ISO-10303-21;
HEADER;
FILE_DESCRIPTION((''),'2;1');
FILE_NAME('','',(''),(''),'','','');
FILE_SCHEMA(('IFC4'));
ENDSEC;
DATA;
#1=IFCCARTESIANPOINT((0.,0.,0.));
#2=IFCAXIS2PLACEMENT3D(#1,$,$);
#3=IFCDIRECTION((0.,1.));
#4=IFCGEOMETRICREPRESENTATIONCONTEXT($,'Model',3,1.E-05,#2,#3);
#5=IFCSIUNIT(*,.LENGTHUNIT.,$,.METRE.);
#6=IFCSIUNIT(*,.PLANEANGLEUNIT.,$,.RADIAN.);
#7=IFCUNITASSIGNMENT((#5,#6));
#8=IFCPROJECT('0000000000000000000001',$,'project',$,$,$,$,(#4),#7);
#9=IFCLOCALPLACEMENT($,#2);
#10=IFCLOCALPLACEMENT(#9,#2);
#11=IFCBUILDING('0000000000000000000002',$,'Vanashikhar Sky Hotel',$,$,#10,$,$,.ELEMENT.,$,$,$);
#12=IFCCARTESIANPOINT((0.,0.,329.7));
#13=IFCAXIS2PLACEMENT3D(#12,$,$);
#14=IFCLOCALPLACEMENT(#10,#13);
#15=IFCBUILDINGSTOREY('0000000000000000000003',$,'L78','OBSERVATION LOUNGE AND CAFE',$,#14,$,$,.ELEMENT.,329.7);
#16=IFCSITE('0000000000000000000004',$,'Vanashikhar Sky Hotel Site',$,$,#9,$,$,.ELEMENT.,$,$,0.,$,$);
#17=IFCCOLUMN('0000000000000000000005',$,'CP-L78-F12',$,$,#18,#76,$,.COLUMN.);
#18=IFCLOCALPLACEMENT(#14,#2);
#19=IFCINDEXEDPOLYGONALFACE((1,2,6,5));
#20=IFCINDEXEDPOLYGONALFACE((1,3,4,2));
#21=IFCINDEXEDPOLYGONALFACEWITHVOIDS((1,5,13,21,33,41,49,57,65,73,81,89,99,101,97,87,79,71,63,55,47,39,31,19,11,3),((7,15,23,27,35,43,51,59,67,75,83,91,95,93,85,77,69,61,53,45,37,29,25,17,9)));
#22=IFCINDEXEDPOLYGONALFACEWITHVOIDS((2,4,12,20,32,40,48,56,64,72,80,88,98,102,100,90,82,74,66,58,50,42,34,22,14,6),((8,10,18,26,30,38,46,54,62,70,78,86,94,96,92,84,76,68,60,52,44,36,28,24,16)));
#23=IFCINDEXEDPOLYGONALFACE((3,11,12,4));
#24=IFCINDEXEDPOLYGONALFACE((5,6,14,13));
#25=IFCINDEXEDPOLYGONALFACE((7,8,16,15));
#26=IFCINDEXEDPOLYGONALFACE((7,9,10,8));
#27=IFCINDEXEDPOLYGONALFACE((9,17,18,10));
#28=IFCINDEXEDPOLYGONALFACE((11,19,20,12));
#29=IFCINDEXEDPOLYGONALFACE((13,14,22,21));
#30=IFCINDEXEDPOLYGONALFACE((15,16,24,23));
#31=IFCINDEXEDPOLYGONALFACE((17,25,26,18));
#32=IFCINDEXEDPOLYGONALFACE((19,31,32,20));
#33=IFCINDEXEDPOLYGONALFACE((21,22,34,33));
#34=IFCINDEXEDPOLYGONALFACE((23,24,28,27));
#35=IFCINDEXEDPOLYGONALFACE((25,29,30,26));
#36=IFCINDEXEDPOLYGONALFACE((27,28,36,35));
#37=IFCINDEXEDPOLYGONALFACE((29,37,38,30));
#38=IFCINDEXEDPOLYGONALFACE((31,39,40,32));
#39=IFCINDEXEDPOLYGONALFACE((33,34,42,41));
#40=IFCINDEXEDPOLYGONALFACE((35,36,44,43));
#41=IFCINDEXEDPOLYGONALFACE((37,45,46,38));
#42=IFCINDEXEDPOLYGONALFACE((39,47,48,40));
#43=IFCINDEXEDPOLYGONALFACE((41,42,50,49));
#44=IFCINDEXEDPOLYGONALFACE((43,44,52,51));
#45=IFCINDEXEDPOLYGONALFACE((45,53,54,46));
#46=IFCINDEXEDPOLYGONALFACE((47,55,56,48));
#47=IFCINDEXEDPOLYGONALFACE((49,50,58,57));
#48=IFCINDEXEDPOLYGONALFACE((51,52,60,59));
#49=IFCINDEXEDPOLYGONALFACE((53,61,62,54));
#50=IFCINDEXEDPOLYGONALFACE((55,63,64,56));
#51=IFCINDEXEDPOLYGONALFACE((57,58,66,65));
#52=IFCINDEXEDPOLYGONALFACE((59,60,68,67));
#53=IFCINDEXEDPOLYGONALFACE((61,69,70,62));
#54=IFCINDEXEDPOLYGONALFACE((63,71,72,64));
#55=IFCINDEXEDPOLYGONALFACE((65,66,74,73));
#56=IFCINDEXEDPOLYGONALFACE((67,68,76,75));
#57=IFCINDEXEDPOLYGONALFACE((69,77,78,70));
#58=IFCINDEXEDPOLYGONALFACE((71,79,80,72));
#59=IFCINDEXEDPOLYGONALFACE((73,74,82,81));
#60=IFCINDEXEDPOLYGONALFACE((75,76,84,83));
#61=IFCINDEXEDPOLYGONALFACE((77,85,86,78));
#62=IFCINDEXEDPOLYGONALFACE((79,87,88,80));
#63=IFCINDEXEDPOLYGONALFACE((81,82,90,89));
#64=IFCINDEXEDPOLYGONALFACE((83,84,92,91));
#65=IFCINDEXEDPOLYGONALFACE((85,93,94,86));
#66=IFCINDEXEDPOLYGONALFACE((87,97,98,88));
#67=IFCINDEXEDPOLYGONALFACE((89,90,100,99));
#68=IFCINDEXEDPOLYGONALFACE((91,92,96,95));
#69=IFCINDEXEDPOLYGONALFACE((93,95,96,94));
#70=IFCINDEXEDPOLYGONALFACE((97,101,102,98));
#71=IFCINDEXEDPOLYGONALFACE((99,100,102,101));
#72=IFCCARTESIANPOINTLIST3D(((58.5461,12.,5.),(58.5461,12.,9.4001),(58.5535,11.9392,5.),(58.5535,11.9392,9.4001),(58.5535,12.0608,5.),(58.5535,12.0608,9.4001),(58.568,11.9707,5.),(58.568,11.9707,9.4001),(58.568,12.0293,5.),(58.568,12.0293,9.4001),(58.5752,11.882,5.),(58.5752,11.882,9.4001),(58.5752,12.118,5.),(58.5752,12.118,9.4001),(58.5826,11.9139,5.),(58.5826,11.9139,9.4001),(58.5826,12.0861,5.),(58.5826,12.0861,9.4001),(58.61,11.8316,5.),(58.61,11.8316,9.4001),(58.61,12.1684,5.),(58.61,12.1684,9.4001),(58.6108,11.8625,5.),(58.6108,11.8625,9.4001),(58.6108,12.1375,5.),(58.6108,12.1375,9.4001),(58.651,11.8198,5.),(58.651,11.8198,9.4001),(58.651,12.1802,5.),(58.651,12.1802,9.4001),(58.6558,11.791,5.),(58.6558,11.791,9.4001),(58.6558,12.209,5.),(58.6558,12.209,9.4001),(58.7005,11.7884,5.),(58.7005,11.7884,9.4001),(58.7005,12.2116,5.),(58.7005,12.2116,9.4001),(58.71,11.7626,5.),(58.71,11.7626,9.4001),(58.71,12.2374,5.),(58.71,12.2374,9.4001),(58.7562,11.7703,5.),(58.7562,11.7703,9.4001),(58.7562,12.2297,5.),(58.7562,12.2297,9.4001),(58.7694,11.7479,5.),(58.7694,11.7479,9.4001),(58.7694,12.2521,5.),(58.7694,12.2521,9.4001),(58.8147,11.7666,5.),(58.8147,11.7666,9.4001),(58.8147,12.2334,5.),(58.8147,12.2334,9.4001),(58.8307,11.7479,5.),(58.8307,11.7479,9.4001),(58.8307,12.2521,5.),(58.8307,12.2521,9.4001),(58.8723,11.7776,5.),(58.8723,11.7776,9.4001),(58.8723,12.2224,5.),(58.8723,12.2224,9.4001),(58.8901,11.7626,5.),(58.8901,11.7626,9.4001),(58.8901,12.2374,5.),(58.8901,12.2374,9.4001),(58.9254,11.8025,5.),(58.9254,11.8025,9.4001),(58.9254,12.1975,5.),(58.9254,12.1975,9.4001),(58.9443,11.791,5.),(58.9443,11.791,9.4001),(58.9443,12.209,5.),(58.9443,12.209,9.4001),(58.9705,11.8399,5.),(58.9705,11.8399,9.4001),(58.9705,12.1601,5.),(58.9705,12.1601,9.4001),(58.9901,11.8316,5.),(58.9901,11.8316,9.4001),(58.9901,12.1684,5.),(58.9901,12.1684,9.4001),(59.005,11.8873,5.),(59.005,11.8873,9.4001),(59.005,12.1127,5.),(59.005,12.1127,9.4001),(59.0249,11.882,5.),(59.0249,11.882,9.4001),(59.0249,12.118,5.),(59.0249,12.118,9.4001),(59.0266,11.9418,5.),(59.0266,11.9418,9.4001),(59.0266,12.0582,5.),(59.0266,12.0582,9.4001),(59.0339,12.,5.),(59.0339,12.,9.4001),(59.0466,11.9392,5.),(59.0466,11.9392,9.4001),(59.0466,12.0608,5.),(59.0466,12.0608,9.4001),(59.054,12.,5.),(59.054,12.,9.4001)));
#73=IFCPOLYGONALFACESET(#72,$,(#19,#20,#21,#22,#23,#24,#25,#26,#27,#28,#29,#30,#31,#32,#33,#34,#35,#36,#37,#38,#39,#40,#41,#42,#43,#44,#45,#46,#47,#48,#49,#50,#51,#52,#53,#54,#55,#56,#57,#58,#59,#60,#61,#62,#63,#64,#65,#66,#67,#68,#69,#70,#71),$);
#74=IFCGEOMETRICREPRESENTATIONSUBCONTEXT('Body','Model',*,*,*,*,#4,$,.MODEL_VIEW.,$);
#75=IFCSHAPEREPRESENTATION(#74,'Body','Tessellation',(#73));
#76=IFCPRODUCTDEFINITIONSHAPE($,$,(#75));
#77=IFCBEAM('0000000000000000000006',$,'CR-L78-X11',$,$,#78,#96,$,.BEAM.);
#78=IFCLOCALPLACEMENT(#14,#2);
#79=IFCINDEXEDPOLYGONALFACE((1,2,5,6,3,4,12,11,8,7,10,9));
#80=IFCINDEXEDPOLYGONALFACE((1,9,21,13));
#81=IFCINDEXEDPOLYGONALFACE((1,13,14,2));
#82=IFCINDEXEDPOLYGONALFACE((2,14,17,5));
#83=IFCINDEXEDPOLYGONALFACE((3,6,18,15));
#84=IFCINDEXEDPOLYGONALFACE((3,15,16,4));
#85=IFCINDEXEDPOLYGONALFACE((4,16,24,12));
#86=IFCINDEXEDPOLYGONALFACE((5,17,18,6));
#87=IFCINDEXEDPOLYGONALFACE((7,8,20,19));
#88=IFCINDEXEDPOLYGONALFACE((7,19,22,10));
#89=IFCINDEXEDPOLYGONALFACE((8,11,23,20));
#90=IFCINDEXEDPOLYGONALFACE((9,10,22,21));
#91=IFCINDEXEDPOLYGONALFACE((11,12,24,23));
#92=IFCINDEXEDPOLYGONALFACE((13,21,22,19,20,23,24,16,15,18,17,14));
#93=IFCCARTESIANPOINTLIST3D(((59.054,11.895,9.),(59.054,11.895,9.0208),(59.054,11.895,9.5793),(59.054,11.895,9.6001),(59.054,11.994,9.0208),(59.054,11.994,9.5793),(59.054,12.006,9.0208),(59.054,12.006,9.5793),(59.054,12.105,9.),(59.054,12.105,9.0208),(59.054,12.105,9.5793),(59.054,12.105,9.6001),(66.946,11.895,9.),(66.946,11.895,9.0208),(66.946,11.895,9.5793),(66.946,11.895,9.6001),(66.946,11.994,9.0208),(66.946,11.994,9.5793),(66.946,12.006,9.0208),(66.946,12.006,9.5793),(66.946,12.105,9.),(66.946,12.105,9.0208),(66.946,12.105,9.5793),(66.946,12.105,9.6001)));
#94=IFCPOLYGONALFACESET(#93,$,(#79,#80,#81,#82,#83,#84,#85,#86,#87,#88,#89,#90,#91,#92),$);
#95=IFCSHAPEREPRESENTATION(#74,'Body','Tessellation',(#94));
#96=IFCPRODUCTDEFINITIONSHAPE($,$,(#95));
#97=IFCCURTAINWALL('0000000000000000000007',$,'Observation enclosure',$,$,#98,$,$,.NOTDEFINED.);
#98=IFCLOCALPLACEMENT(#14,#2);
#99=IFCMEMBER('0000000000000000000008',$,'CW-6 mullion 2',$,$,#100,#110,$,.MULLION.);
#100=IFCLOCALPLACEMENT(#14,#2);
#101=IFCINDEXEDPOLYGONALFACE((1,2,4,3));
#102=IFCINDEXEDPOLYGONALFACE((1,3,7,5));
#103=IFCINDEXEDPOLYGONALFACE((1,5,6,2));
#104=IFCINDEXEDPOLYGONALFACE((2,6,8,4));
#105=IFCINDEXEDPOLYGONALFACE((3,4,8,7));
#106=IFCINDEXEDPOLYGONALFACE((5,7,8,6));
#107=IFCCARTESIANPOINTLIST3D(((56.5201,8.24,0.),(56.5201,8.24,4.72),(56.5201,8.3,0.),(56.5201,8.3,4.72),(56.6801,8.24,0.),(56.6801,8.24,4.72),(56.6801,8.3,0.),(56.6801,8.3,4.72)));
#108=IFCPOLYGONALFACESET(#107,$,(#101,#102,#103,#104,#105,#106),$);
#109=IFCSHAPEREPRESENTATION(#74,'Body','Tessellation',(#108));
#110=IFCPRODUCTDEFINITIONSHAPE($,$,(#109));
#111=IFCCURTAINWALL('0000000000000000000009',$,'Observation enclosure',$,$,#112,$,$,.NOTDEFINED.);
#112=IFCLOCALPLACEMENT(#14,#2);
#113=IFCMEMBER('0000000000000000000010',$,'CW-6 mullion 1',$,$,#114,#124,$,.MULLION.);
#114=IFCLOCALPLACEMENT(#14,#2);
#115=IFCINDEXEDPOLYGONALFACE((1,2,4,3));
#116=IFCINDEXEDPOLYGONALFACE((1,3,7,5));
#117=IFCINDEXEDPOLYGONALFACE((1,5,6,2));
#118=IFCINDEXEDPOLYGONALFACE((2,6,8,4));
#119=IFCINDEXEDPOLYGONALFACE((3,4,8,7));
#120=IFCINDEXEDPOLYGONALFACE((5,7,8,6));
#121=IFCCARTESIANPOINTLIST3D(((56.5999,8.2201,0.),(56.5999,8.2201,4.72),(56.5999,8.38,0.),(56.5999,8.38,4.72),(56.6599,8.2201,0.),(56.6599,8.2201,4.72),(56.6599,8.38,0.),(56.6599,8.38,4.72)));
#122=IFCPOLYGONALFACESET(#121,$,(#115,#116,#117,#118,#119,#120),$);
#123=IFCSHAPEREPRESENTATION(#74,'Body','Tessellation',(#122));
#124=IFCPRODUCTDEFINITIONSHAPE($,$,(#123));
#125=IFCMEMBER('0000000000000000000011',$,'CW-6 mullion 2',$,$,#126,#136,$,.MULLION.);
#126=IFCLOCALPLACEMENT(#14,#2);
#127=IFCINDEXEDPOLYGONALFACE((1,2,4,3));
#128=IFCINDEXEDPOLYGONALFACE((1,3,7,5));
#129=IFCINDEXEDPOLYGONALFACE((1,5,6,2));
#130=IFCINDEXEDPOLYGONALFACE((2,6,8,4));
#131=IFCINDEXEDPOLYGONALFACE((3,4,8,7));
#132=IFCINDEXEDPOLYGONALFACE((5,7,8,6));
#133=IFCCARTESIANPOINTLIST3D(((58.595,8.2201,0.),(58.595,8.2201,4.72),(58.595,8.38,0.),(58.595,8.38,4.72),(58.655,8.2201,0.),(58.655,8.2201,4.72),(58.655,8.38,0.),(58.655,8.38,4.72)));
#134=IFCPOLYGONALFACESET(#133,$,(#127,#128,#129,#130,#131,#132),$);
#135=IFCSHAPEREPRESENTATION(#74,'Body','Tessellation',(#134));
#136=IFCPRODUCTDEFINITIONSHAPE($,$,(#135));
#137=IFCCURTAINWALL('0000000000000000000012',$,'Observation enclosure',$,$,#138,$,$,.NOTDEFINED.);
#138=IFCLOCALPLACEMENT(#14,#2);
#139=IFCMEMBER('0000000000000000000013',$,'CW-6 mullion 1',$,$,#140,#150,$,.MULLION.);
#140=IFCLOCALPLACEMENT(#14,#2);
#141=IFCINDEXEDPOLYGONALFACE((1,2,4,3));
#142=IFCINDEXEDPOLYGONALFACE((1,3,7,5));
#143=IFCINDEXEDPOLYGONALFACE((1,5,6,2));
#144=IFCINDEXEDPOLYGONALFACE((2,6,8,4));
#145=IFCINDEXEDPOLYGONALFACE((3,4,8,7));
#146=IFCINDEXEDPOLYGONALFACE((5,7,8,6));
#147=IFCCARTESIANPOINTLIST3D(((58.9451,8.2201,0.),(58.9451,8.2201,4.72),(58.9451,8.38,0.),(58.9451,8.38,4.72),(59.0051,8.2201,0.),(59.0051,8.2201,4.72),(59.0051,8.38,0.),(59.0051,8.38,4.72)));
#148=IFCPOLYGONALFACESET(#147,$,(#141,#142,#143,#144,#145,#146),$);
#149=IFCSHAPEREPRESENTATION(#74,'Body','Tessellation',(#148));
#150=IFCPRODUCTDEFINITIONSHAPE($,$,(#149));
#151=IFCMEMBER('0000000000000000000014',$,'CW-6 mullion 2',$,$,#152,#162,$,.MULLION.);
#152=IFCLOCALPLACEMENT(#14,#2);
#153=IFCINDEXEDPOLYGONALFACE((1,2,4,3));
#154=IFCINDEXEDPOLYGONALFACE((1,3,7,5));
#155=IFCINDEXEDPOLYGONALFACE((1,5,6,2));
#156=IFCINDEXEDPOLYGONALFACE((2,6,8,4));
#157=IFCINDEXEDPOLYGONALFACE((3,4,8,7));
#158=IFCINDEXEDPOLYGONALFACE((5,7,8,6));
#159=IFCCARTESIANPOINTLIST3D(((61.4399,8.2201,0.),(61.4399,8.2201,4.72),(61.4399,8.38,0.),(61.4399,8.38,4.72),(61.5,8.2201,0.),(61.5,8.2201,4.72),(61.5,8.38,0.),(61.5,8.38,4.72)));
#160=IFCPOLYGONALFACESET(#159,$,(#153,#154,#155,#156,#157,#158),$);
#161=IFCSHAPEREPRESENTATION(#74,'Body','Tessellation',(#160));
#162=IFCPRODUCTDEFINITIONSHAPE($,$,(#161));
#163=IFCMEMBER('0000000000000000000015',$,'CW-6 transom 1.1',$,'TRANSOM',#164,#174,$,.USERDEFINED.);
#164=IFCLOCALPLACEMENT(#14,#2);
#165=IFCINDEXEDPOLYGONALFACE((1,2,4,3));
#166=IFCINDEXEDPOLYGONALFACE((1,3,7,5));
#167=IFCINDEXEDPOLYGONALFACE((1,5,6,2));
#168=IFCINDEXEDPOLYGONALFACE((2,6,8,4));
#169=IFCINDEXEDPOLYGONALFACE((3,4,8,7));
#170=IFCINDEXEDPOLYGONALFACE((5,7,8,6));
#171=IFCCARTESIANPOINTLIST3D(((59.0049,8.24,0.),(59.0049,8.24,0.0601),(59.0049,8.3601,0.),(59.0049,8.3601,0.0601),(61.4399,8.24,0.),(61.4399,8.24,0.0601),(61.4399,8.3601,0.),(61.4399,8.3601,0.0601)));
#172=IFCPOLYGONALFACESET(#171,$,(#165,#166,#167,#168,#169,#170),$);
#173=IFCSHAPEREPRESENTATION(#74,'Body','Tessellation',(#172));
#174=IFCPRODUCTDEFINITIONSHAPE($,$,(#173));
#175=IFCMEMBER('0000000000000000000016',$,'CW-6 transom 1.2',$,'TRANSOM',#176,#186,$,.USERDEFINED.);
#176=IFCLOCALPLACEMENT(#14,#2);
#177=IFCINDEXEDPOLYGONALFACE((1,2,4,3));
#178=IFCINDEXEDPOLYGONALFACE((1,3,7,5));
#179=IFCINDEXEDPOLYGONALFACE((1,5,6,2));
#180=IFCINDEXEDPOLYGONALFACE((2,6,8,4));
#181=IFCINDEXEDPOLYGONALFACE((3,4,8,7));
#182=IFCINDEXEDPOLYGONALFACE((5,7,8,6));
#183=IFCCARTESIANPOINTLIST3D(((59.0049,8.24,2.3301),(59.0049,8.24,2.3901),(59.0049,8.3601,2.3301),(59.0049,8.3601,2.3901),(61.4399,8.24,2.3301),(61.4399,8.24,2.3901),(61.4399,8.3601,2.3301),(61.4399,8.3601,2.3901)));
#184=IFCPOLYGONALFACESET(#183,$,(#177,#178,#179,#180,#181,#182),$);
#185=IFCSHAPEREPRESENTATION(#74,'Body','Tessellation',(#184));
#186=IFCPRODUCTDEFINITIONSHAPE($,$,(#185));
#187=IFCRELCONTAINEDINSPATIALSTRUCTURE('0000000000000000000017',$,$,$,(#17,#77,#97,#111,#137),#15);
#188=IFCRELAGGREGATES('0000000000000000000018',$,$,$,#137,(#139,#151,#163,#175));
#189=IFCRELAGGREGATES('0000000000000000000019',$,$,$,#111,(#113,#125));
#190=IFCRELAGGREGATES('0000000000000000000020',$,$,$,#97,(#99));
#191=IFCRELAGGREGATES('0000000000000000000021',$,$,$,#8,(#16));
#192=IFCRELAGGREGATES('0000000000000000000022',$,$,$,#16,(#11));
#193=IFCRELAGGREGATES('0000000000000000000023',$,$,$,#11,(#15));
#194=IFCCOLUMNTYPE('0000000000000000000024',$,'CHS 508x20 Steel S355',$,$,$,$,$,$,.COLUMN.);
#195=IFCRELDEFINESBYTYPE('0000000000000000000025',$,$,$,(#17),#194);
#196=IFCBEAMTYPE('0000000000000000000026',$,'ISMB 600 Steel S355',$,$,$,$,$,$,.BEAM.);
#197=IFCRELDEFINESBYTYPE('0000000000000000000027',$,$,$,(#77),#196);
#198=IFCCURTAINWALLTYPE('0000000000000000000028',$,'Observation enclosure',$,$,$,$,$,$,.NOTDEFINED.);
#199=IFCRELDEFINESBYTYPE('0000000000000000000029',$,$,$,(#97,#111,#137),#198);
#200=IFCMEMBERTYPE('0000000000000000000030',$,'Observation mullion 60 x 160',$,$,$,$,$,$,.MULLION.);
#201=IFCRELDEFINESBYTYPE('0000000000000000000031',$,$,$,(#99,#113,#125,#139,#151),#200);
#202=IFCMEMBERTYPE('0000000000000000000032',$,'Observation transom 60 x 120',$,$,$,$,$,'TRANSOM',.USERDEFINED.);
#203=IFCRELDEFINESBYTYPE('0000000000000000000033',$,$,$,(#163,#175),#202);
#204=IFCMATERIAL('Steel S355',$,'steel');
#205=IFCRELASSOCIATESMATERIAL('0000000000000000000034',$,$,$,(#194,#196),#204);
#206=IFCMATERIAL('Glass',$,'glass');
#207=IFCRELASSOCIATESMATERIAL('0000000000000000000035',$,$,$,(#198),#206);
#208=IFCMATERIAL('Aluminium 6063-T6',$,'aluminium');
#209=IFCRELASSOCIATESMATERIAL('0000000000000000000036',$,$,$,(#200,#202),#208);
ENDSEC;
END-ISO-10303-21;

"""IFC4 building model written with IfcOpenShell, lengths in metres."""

from ifc_helpers import new_model, si_unit, direction, frame, origin, origin_2d, place, context, subcontext, project, spatial, rectangle, hollow_circle, i_section, extrude, source, transform, mapped, material, material_profile, profile_set, type_object, element, aggregate, save


model = new_model("IFC4")

# Units and contexts
model_context = context("Model", 3, precision=1e-05, world=origin(), true_north=direction((0.0, 1.0)))
body_context = subcontext(model_context, "Body", "Model", "MODEL_VIEW")
ifc_project = project(units=[si_unit("LENGTHUNIT", "METRE"), si_unit("PLANEANGLEUNIT", "RADIAN")], contexts=[model_context])

# Site, building, storey
site_placement = place(None, origin())
site = spatial("IfcSite", under=ifc_project, at=site_placement, Name="Vanashikhar Sky Hotel Site", CompositionType="ELEMENT", RefElevation=0.0)
building_placement = place(site_placement, origin())
building = spatial("IfcBuilding", under=site, at=building_placement, Name="Vanashikhar Sky Hotel", CompositionType="ELEMENT")
storey_placement = place(building_placement, frame((0.0, 0.0, 329.7)))
storey = spatial("IfcBuildingStorey", under=building, at=storey_placement, Name="L78", Description="OBSERVATION LOUNGE AND CAFE", CompositionType="ELEMENT", Elevation=329.7)

# Column
ifc_material_1 = material(Name="Steel S355", Category="steel")
ifc_material_profile_1 = material_profile(ifc_material_1, hollow_circle(Radius=0.2539, WallThickness=0.02, at=origin_2d()))
ifc_profile_set_1 = profile_set([ifc_material_profile_1], Name="CHS 508x20 Steel S355")
column_type = type_object("IfcColumnType", Name="CHS 508x20 Steel S355", PredefinedType="COLUMN", material=ifc_profile_set_1)
shared_shape_1 = source(origin(), body_context, "Body", "SweptSolid", [
    extrude(hollow_circle(Radius=0.2539, WallThickness=0.02, at=origin_2d()), origin(), (0.0, 0.0, 1.0), 4.4001),
])
column_placement = place(storey_placement, frame((58.8, 12.0, 5.0), z_axis=(0.0, 0.0, 1.0), x_axis=(1.0, 0.0, 0.0)))
element("IfcColumn", 1, at=column_placement, inside=storey, type_object=column_type, Name="CP-L78-F12", PredefinedType="COLUMN", context=body_context, shape_type="MappedRepresentation", body=[
    mapped(shared_shape_1, transform((0.0, 0.0, 0.0), scale=1.0)),
])

# Beam
ifc_material_profile_2 = material_profile(ifc_material_1, i_section(OverallWidth=0.21, OverallDepth=0.6001, WebThickness=0.012, FlangeThickness=0.0208, at=origin_2d()), Name="ISMB 600")
ifc_profile_set_2 = profile_set([ifc_material_profile_2], Name="Steel S355")
beam_type = type_object("IfcBeamType", Name="ISMB 600 Steel S355", PredefinedType="BEAM", material=ifc_profile_set_2)
shared_shape_2 = source(origin(), body_context, "Body", "SweptSolid", [
    extrude(i_section(OverallWidth=0.21, OverallDepth=0.6001, WebThickness=0.012, FlangeThickness=0.0208, at=origin_2d()), origin(), (0.0, 0.0, 1.0), 7.8921),
])
beam_placement = place(storey_placement, frame((59.054, 12.0, 9.3), z_axis=(1.0, 0.0, 0.0), x_axis=(0.0, 1.0, 0.0)))
element("IfcBeam", 2, at=beam_placement, inside=storey, type_object=beam_type, Name="CR-L78-X11", PredefinedType="BEAM", context=body_context, shape_type="MappedRepresentation", body=[
    mapped(shared_shape_2, transform((0.0, 0.0, 0.0), scale=1.0)),
])

# Curtain wall, member
ifc_material_2 = material(Name="Glass", Category="glass")
curtain_wall_type = type_object("IfcCurtainWallType", Name="Observation enclosure", PredefinedType="NOTDEFINED", material=ifc_material_2)
curtain_wall_1_placement = place(storey_placement, origin())
curtain_wall_1 = element("IfcCurtainWall", 3, at=curtain_wall_1_placement, inside=storey, type_object=curtain_wall_type, Name="Observation enclosure", PredefinedType="NOTDEFINED")
ifc_material_3 = material(Name="Aluminium 6063-T6", Category="aluminium")
ifc_material_profile_3 = material_profile(ifc_material_3, rectangle(XDim=0.1599, YDim=0.0601, at=origin_2d()))
ifc_profile_set_3 = profile_set([ifc_material_profile_3], Name="Aluminium 6063-T6")
member_type_1 = type_object("IfcMemberType", Name="Observation mullion 60 x 160", PredefinedType="MULLION", material=ifc_profile_set_3)
shared_shape_3 = source(origin(), body_context, "Body", "SweptSolid", [
    extrude(rectangle(XDim=0.1599, YDim=0.0601, at=origin_2d()), origin(), (0.0, 0.0, 1.0), 4.72),
])
member_1_placement = place(storey_placement, frame((56.6001, 8.27, 0.0), z_axis=(0.0, 0.0, 1.0), x_axis=(-1.0, 0.0, 0.0)))
member_1 = element("IfcMember", 4, at=member_1_placement, type_object=member_type_1, Name="CW-6 mullion 2", PredefinedType="MULLION", context=body_context, shape_type="MappedRepresentation", body=[
    mapped(shared_shape_3, transform((0.0, 0.0, 0.0), scale=1.0)),
])

# Curtain walls, members
curtain_wall_2_placement = place(storey_placement, origin())
curtain_wall_2 = element("IfcCurtainWall", 5, at=curtain_wall_2_placement, inside=storey, type_object=curtain_wall_type, Name="Observation enclosure", PredefinedType="NOTDEFINED")
member_2_placement = place(storey_placement, frame((56.6299, 8.3, 0.0), z_axis=(0.0, 0.0, 1.0), x_axis=(0.0, 1.0, 0.0)))
member_2 = element("IfcMember", 6, at=member_2_placement, type_object=member_type_1, Name="CW-6 mullion 1", PredefinedType="MULLION", context=body_context, shape_type="MappedRepresentation", body=[
    mapped(shared_shape_3, transform((0.0, 0.0, 0.0), scale=1.0)),
])
member_3_placement = place(storey_placement, frame((58.625, 8.3, 0.0), z_axis=(0.0, 0.0, 1.0), x_axis=(0.0, 1.0, 0.0)))
member_3 = element("IfcMember", 7, at=member_3_placement, type_object=member_type_1, Name="CW-6 mullion 2", PredefinedType="MULLION", context=body_context, shape_type="MappedRepresentation", body=[
    mapped(shared_shape_3, transform((0.0, 0.0, 0.0), scale=1.0)),
])
curtain_wall_3_placement = place(storey_placement, origin())
curtain_wall_3 = element("IfcCurtainWall", 8, at=curtain_wall_3_placement, inside=storey, type_object=curtain_wall_type, Name="Observation enclosure", PredefinedType="NOTDEFINED")
member_4_placement = place(storey_placement, frame((58.9751, 8.3, 0.0), z_axis=(0.0, 0.0, 1.0), x_axis=(0.0, 1.0, 0.0)))
member_4 = element("IfcMember", 9, at=member_4_placement, type_object=member_type_1, Name="CW-6 mullion 1", PredefinedType="MULLION", context=body_context, shape_type="MappedRepresentation", body=[
    mapped(shared_shape_3, transform((0.0, 0.0, 0.0), scale=1.0)),
])
member_5_placement = place(storey_placement, frame((61.47, 8.3, 0.0), z_axis=(0.0, 0.0, 1.0), x_axis=(0.0, 1.0, 0.0)))
member_5 = element("IfcMember", 10, at=member_5_placement, type_object=member_type_1, Name="CW-6 mullion 2", PredefinedType="MULLION", context=body_context, shape_type="MappedRepresentation", body=[
    mapped(shared_shape_3, transform((0.0, 0.0, 0.0), scale=1.0)),
])
ifc_material_profile_4 = material_profile(ifc_material_3, rectangle(XDim=0.1201, YDim=0.0601, at=origin_2d()))
ifc_profile_set_4 = profile_set([ifc_material_profile_4], Name="Aluminium 6063-T6")
member_type_2 = type_object("IfcMemberType", Name="Observation transom 60 x 120", ElementType="TRANSOM", PredefinedType="USERDEFINED", material=ifc_profile_set_4)
shared_shape_4 = source(origin(), body_context, "Body", "SweptSolid", [
    extrude(rectangle(XDim=0.1201, YDim=0.0601, at=origin_2d()), origin(), (0.0, 0.0, 1.0), 2.4351),
])
member_6_placement = place(storey_placement, frame((59.0049, 8.3, 0.03), z_axis=(1.0, 0.0, 0.0), x_axis=(0.0, 1.0, 0.0)))
member_6 = element("IfcMember", 11, at=member_6_placement, type_object=member_type_2, Name="CW-6 transom 1.1", ObjectType="TRANSOM", PredefinedType="USERDEFINED", context=body_context, shape_type="MappedRepresentation", body=[
    mapped(shared_shape_4, transform((0.0, 0.0, 0.0), scale=1.0)),
])
member_7_placement = place(storey_placement, frame((59.0049, 8.3, 2.3601), z_axis=(1.0, 0.0, 0.0), x_axis=(0.0, 1.0, 0.0)))
member_7 = element("IfcMember", 12, at=member_7_placement, type_object=member_type_2, Name="CW-6 transom 1.2", ObjectType="TRANSOM", PredefinedType="USERDEFINED", context=body_context, shape_type="MappedRepresentation", body=[
    mapped(shared_shape_4, transform((0.0, 0.0, 0.0), scale=1.0)),
])

aggregate(curtain_wall_3, [member_4, member_5, member_6, member_7])
aggregate(curtain_wall_2, [member_2, member_3])
aggregate(curtain_wall_1, [member_1])

save(model, "model.ifc")
